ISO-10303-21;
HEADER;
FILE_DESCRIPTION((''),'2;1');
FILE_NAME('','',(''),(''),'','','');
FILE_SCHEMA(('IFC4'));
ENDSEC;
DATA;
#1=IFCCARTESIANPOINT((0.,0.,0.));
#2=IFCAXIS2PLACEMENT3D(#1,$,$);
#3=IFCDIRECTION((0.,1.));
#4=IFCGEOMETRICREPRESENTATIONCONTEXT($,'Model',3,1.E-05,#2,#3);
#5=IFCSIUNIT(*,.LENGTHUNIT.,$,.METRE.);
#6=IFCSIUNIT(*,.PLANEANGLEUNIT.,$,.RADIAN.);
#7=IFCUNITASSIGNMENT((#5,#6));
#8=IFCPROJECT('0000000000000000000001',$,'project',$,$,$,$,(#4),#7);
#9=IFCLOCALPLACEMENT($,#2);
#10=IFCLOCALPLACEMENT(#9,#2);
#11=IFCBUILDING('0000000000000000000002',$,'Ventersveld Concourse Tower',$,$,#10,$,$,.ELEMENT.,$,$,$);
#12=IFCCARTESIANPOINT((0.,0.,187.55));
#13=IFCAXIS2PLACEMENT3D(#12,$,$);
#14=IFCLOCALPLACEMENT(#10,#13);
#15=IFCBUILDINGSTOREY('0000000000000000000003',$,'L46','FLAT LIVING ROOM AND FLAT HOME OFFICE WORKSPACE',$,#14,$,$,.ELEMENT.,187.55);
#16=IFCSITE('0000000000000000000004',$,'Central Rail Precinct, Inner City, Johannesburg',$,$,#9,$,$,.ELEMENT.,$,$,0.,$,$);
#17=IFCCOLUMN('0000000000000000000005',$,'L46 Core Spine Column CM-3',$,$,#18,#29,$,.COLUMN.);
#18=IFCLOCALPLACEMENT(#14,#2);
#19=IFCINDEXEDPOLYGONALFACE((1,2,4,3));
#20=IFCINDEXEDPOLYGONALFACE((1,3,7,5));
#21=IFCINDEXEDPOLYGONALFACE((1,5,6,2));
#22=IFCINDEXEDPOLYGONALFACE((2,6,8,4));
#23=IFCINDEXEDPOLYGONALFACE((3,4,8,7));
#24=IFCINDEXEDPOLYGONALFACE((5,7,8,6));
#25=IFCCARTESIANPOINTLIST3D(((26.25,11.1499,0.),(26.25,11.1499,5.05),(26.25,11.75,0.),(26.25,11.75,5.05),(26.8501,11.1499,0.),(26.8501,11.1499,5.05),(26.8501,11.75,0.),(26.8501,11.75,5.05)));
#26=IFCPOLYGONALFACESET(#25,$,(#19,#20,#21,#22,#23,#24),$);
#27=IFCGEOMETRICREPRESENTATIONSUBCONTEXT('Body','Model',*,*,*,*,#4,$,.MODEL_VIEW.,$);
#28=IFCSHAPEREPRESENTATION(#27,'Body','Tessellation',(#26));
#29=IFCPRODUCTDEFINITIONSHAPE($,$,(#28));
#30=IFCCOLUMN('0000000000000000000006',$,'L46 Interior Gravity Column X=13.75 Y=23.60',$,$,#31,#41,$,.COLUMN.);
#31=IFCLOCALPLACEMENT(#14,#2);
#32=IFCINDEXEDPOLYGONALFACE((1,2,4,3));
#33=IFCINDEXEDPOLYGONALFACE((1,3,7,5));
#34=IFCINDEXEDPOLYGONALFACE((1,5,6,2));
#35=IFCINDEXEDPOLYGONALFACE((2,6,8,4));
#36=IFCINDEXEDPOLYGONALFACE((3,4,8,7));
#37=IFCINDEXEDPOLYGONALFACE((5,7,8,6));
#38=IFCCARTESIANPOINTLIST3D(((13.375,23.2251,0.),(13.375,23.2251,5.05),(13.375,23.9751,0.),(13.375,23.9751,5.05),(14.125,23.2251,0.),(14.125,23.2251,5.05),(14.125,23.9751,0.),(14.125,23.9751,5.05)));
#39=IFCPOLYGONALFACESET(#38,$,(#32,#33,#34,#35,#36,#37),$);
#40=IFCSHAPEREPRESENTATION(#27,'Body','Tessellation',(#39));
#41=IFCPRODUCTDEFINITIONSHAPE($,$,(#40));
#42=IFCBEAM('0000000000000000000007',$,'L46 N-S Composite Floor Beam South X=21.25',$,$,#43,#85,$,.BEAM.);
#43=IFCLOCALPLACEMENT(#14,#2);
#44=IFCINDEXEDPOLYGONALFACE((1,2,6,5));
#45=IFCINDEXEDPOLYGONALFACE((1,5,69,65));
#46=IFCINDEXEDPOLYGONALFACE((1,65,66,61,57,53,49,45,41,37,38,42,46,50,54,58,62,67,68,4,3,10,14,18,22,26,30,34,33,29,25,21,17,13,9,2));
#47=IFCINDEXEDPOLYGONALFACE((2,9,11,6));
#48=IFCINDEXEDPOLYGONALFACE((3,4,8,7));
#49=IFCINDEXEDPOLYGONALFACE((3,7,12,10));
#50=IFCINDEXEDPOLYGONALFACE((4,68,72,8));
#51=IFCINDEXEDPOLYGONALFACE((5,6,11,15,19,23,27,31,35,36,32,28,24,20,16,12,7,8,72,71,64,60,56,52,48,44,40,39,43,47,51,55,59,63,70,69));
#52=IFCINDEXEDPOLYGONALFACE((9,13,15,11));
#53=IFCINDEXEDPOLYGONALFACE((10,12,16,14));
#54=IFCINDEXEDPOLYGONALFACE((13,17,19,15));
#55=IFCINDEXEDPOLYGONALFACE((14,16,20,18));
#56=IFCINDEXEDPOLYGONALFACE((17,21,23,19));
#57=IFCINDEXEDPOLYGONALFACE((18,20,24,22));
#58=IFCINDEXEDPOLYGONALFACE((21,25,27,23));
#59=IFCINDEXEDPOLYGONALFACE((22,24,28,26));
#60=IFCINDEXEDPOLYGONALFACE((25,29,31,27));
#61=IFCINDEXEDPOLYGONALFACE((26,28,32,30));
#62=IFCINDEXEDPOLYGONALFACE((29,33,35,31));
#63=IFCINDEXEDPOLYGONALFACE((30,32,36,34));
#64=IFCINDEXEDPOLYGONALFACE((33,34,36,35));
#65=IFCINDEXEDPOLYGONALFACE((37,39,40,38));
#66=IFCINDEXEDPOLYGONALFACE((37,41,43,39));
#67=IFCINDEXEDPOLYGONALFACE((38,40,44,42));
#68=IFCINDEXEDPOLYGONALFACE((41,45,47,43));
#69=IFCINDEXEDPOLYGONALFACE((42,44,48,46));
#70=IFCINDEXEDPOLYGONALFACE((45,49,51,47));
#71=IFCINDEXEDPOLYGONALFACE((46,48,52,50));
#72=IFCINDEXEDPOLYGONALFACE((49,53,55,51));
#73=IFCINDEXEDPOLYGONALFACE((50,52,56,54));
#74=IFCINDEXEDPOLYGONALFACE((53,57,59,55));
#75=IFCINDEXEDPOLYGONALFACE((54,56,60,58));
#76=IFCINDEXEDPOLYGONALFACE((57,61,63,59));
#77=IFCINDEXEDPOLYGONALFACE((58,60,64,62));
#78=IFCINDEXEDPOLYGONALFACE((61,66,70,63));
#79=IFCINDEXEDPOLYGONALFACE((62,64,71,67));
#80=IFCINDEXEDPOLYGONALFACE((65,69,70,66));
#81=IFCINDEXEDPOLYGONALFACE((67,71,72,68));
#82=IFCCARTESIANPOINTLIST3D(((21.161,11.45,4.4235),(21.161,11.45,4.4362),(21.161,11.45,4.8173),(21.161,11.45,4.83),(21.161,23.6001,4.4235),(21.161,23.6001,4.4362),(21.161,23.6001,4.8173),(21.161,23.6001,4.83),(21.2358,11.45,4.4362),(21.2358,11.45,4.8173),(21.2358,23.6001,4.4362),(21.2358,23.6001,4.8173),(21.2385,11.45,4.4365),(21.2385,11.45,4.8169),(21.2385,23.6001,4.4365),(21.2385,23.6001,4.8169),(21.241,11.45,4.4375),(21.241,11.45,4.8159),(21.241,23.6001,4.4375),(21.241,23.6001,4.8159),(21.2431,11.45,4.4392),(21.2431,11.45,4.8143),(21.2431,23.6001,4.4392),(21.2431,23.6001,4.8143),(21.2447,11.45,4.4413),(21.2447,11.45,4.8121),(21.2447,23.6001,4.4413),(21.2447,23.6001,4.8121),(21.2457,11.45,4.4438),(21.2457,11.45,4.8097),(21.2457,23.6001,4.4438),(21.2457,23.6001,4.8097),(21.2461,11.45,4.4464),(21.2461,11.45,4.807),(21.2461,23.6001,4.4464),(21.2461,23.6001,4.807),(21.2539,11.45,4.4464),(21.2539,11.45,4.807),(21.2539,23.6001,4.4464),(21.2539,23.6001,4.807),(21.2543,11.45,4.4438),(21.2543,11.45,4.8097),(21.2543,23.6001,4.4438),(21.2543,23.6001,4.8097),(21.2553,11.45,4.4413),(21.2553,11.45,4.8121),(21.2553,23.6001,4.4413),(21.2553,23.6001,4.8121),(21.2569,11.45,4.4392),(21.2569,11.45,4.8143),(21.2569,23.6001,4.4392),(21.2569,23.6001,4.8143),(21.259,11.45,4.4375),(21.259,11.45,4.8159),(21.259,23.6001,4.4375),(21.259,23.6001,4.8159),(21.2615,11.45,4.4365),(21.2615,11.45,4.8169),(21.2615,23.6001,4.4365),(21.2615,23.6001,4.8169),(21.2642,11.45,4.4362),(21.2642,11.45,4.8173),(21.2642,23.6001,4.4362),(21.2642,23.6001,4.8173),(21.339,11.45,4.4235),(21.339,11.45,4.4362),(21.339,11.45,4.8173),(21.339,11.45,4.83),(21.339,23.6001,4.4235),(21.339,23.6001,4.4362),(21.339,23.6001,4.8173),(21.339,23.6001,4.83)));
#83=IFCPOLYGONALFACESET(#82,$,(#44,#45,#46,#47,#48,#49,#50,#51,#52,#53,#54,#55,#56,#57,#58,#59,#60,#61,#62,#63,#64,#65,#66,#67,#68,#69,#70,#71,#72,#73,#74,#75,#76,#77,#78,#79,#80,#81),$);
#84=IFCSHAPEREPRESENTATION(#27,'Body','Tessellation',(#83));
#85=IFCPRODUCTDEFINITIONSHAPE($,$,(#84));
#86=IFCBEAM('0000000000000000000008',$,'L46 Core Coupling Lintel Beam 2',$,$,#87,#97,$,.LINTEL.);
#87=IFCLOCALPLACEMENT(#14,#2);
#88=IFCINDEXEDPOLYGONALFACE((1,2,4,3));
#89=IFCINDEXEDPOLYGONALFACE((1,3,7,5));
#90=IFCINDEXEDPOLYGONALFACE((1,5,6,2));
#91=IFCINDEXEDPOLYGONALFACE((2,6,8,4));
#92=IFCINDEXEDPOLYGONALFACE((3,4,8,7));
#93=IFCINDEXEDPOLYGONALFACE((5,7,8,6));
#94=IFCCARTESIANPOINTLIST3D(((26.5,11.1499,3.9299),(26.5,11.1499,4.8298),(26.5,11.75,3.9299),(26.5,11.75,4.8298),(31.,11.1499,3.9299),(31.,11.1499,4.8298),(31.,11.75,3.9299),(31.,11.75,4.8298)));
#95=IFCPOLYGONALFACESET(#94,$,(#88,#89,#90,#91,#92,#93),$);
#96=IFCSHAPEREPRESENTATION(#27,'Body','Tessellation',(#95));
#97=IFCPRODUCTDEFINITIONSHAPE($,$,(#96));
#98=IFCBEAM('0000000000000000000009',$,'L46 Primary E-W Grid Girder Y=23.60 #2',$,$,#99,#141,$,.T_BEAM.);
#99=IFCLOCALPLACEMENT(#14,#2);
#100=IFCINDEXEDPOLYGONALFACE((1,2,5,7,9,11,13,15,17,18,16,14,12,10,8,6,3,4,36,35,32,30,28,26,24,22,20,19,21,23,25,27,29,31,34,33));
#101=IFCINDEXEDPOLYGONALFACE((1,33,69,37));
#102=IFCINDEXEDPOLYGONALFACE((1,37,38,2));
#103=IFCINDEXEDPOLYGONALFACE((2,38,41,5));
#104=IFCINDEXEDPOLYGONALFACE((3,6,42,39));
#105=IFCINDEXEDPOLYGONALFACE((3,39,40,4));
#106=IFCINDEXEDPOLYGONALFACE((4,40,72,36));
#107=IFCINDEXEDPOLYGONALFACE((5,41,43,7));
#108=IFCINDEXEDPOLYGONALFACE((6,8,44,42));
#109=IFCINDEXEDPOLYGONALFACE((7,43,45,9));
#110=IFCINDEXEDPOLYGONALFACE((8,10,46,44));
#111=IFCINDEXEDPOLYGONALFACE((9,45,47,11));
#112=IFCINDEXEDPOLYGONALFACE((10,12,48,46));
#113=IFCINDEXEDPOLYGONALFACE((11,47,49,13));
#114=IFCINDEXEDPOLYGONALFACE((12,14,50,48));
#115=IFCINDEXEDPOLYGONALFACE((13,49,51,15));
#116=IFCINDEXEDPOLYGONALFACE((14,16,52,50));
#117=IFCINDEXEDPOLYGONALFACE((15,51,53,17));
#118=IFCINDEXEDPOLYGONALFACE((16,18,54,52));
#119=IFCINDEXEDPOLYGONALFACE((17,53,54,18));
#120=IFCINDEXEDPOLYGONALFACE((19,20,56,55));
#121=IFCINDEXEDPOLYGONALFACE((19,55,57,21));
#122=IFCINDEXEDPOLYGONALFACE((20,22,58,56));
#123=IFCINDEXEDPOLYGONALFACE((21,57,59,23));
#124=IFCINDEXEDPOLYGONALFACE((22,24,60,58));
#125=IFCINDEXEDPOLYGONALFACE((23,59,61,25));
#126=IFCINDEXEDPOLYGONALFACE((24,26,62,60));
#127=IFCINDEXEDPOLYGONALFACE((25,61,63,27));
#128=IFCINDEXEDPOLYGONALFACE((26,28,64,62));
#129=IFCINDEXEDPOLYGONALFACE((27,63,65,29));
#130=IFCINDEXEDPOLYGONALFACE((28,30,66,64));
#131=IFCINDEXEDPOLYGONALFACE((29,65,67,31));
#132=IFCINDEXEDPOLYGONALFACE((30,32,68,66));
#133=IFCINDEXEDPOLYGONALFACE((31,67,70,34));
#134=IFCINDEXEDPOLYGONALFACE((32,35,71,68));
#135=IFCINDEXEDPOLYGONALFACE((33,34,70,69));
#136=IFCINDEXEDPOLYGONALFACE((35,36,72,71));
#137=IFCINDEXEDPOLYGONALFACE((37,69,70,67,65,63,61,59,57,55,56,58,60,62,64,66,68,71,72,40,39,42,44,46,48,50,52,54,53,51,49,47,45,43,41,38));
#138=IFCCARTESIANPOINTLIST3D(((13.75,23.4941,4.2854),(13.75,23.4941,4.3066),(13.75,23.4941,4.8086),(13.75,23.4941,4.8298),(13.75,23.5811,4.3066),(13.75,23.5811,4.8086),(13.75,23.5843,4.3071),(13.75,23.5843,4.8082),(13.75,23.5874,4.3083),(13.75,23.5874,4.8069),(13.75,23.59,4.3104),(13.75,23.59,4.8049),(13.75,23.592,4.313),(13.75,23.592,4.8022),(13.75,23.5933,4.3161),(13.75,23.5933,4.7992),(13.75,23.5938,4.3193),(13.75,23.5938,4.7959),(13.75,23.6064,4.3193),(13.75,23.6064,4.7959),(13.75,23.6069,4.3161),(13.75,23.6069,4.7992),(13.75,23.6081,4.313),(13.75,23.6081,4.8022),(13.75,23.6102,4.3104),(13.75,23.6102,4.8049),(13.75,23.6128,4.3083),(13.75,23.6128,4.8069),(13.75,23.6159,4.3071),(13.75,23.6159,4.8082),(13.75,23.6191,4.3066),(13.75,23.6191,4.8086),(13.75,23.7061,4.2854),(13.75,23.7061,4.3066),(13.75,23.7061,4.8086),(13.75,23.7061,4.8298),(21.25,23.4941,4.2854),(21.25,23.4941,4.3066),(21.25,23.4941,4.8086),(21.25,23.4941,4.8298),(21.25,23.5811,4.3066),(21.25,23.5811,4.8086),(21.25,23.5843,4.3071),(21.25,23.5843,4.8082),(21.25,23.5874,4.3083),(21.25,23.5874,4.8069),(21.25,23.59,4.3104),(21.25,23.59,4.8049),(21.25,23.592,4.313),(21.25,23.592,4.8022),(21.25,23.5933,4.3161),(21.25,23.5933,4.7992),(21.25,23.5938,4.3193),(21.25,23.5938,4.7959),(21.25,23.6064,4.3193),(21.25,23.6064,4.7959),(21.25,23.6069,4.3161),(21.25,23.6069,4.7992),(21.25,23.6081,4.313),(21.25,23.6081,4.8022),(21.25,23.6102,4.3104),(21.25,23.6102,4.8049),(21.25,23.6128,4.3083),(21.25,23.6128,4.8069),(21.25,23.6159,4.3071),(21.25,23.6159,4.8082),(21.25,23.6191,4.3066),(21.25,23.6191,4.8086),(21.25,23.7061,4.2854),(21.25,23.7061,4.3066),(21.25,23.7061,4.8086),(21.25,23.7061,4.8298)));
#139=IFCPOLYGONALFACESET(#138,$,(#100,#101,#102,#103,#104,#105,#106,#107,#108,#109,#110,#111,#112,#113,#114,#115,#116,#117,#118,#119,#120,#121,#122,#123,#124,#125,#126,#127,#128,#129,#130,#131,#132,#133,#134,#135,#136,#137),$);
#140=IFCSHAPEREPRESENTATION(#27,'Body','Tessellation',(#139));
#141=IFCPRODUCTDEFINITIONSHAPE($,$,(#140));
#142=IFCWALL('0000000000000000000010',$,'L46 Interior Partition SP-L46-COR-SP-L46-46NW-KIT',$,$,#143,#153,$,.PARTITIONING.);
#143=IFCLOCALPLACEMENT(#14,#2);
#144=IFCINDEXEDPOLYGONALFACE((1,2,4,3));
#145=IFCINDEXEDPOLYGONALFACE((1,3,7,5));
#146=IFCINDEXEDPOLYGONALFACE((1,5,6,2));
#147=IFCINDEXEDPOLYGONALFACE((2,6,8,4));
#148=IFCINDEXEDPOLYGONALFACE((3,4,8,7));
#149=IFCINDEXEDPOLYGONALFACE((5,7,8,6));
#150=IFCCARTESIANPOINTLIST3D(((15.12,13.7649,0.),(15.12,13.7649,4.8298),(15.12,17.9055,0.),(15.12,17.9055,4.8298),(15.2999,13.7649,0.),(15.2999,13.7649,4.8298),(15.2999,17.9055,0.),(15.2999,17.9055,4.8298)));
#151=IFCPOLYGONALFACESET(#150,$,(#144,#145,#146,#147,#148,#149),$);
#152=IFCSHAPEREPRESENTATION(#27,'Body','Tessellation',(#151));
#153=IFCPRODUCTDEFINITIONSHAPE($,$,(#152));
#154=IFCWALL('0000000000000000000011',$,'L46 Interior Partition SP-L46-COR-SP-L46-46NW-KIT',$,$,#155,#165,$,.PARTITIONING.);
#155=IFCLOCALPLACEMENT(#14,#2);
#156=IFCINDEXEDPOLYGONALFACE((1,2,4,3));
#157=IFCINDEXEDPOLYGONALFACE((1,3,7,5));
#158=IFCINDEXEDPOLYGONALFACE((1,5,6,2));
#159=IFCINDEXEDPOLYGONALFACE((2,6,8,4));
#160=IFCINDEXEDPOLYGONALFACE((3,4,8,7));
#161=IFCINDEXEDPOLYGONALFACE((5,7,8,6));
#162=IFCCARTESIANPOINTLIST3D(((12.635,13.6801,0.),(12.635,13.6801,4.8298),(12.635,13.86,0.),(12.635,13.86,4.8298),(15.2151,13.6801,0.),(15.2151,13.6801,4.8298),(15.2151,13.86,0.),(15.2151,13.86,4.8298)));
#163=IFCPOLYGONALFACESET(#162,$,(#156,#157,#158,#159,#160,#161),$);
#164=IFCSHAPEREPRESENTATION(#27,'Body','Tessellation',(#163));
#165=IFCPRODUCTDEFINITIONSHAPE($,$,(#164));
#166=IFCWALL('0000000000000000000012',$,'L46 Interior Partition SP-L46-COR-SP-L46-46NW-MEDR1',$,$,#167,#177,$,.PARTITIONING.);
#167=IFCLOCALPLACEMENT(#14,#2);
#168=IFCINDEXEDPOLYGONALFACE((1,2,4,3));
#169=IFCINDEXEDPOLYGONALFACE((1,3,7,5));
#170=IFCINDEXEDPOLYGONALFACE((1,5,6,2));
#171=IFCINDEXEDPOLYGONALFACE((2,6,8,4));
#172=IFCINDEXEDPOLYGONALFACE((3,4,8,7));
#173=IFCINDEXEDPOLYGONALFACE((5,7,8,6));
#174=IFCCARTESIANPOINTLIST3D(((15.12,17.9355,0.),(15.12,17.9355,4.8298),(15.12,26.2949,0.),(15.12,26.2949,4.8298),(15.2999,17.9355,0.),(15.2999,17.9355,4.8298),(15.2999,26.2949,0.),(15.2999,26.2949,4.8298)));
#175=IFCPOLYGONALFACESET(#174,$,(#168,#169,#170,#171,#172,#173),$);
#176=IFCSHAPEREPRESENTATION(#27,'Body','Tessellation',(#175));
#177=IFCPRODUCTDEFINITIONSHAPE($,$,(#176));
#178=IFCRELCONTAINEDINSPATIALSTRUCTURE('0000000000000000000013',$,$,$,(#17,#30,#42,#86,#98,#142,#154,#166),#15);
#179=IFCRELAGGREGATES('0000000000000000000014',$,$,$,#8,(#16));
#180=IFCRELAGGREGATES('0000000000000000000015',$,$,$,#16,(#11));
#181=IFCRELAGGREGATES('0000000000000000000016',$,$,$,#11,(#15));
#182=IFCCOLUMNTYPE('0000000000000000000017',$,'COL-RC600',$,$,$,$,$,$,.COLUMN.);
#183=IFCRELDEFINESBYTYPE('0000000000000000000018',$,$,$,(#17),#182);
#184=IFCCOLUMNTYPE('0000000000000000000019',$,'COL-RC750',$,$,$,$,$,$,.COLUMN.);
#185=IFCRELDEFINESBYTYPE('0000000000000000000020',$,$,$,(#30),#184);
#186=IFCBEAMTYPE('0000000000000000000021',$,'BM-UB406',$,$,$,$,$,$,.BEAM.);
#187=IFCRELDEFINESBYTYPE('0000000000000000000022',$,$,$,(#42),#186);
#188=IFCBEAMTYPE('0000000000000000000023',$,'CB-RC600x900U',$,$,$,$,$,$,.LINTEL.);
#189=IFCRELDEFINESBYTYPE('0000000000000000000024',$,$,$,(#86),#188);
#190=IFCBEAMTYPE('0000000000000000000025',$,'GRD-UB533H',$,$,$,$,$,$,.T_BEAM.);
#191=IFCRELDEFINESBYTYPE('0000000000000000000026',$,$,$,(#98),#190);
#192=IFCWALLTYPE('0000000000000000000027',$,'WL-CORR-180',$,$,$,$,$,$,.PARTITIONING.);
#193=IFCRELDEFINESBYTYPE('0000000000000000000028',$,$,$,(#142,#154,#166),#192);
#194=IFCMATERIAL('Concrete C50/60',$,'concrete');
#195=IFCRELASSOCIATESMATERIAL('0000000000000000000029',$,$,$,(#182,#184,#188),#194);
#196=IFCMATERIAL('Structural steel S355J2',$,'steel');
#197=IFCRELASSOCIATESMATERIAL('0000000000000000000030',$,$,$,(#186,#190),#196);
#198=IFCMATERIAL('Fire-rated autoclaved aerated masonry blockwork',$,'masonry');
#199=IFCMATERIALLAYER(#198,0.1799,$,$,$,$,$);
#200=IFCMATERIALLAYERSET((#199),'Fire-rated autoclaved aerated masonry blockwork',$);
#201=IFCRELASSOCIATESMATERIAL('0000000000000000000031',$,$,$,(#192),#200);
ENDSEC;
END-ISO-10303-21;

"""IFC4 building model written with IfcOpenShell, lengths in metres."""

from ifc_helpers import new_model, si_unit, direction, frame, frame_2d, origin, origin_2d, place, context, subcontext, project, spatial, rectangle, i_section, extrude, material, layer, layer_set, material_profile, profile_set, type_object, element, save


model = new_model("IFC4")

# Units and contexts
model_context = context("Model", 3, precision=1e-05, world=origin(), true_north=direction((0.0, 1.0)))
body_context = subcontext(model_context, "Body", "Model", "MODEL_VIEW")
ifc_project = project(units=[si_unit("LENGTHUNIT", "METRE"), si_unit("PLANEANGLEUNIT", "RADIAN")], contexts=[model_context])

# Site, building, storey
site_placement = place(None, origin())
site = spatial("IfcSite", under=ifc_project, at=site_placement, Name="Central Rail Precinct, Inner City, Johannesburg", CompositionType="ELEMENT", RefElevation=0.0)
building_placement = place(site_placement, origin())
building = spatial("IfcBuilding", under=site, at=building_placement, Name="Ventersveld Concourse Tower", CompositionType="ELEMENT")
storey_placement = place(building_placement, frame((0.0, 0.0, 187.55)))
storey = spatial("IfcBuildingStorey", under=building, at=storey_placement, Name="L46", Description="FLAT LIVING ROOM AND FLAT HOME OFFICE WORKSPACE", CompositionType="ELEMENT", Elevation=187.55)

# Columns
ifc_material_1 = material(Name="Concrete C50/60", Category="concrete")
ifc_material_profile_1 = material_profile(ifc_material_1, rectangle(XDim=0.6001, YDim=0.6001, at=origin_2d()), Name="RC 600x600")
ifc_profile_set_1 = profile_set([ifc_material_profile_1], Name="Concrete C50/60")
column_type_1 = type_object("IfcColumnType", Name="COL-RC600", PredefinedType="COLUMN", material=ifc_profile_set_1)
column_1_placement = place(storey_placement, frame((26.55, 11.45, 0.0), z_axis=(0.0, 0.0, 1.0), x_axis=(1.0, 0.0, 0.0)))
element("IfcColumn", 1, at=column_1_placement, inside=storey, type_object=column_type_1, Name="L46 Core Spine Column CM-3", PredefinedType="COLUMN", context=body_context, shape_type="SweptSolid", body=[
    extrude(rectangle(XDim=0.6001, YDim=0.6001, at=origin_2d()), origin(), (0.0, 0.0, 1.0), 5.05),
])
ifc_material_profile_2 = material_profile(ifc_material_1, rectangle(XDim=0.75, YDim=0.75, at=origin_2d()), Name="RC 750x750")
ifc_profile_set_2 = profile_set([ifc_material_profile_2], Name="Concrete C50/60")
column_type_2 = type_object("IfcColumnType", Name="COL-RC750", PredefinedType="COLUMN", material=ifc_profile_set_2)
column_2_placement = place(storey_placement, frame((13.75, 23.6001, 0.0), z_axis=(0.0, 0.0, 1.0), x_axis=(1.0, 0.0, 0.0)))
element("IfcColumn", 2, at=column_2_placement, inside=storey, type_object=column_type_2, Name="L46 Interior Gravity Column X=13.75 Y=23.60", PredefinedType="COLUMN", context=body_context, shape_type="SweptSolid", body=[
    extrude(rectangle(XDim=0.75, YDim=0.75, at=origin_2d()), origin(), (0.0, 0.0, 1.0), 5.05),
])

# Beams
ifc_material_2 = material(Name="Structural steel S355J2", Category="steel")
ifc_material_profile_3 = material_profile(ifc_material_2, i_section(OverallWidth=0.178, OverallDepth=0.4065, WebThickness=0.0078, FlangeThickness=0.0127, FilletRadius=0.0103, at=origin_2d()), Name="UB 406x178x60")
ifc_profile_set_3 = profile_set([ifc_material_profile_3], Name="Structural steel S355J2")
beam_type_1 = type_object("IfcBeamType", Name="BM-UB406", PredefinedType="BEAM", material=ifc_profile_set_3)
beam_1_placement = place(storey_placement, frame((21.25, 11.45, 4.6267), z_axis=(0.0, 1.0, 0.0), x_axis=(-1.0, 0.0, 0.0)))
element("IfcBeam", 3, at=beam_1_placement, inside=storey, type_object=beam_type_1, Name="L46 N-S Composite Floor Beam South X=21.25", PredefinedType="BEAM", context=body_context, shape_type="SweptSolid", body=[
    extrude(i_section(OverallWidth=0.178, OverallDepth=0.4065, WebThickness=0.0078, FlangeThickness=0.0127, FilletRadius=0.0103, at=origin_2d()), origin(), (0.0, 0.0, 1.0), 12.1501),
])
ifc_material_profile_4 = material_profile(ifc_material_1, rectangle(XDim=0.6001, YDim=0.8999, at=origin_2d()), Name="RC 600x900")
ifc_profile_set_4 = profile_set([ifc_material_profile_4], Name="Concrete C50/60")
beam_type_2 = type_object("IfcBeamType", Name="CB-RC600x900U", PredefinedType="LINTEL", material=ifc_profile_set_4)
beam_2_placement = place(storey_placement, frame((26.5, 11.45, 4.3799), z_axis=(1.0, 0.0, 0.0), x_axis=(0.0, 1.0, 0.0)))
element("IfcBeam", 4, at=beam_2_placement, inside=storey, type_object=beam_type_2, Name="L46 Core Coupling Lintel Beam 2", PredefinedType="LINTEL", context=body_context, shape_type="SweptSolid", body=[
    extrude(rectangle(XDim=0.6001, YDim=0.8999, at=origin_2d()), origin(), (0.0, 0.0, 1.0), 4.5),
])
ifc_material_profile_5 = material_profile(ifc_material_2, i_section(OverallWidth=0.2119, OverallDepth=0.5444, WebThickness=0.0127, FlangeThickness=0.0212, FilletRadius=0.0127, at=origin_2d()), Name="UB 533x210x122")
ifc_profile_set_5 = profile_set([ifc_material_profile_5], Name="Structural steel S355J2")
beam_type_3 = type_object("IfcBeamType", Name="GRD-UB533H", PredefinedType="T_BEAM", material=ifc_profile_set_5)
beam_3_placement = place(storey_placement, frame((13.75, 23.6001, 4.5576), z_axis=(1.0, 0.0, 0.0), x_axis=(0.0, 1.0, 0.0)))
element("IfcBeam", 5, at=beam_3_placement, inside=storey, type_object=beam_type_3, Name="L46 Primary E-W Grid Girder Y=23.60 #2", PredefinedType="T_BEAM", context=body_context, shape_type="SweptSolid", body=[
    extrude(i_section(OverallWidth=0.2119, OverallDepth=0.5444, WebThickness=0.0127, FlangeThickness=0.0212, FilletRadius=0.0127, at=origin_2d()), origin(), (0.0, 0.0, 1.0), 7.5),
])

# Walls
ifc_material_3 = material(Name="Fire-rated autoclaved aerated masonry blockwork", Category="masonry")
ifc_layer_1 = layer(ifc_material_3, 0.1799)
ifc_layer_set_1 = layer_set([ifc_layer_1], Name="Fire-rated autoclaved aerated masonry blockwork")
wall_type_1 = type_object("IfcWallType", Name="WL-CORR-180", PredefinedType="PARTITIONING", material=ifc_layer_set_1)
wall_1_placement = place(storey_placement, frame((15.21, 13.7649, 0.0), z_axis=(0.0, 0.0, 1.0), x_axis=(0.0, 1.0, 0.0)))
element("IfcWall", 6, at=wall_1_placement, inside=storey, type_object=wall_type_1, Name="L46 Interior Partition SP-L46-COR-SP-L46-46NW-KIT", PredefinedType="PARTITIONING", context=body_context, shape_type="SweptSolid", body=[
    extrude(rectangle(XDim=4.1406, YDim=0.1799, at=frame_2d((2.0703, 0.0))), origin(), (0.0, 0.0, 1.0), 4.8298),
])
wall_2_placement = place(storey_placement, frame((12.635, 13.77, 0.0), z_axis=(0.0, 0.0, 1.0), x_axis=(1.0, 0.0, 0.0)))
element("IfcWall", 7, at=wall_2_placement, inside=storey, type_object=wall_type_1, Name="L46 Interior Partition SP-L46-COR-SP-L46-46NW-KIT", PredefinedType="PARTITIONING", context=body_context, shape_type="SweptSolid", body=[
    extrude(rectangle(XDim=2.5801, YDim=0.1799, at=frame_2d((1.29, 0.0))), origin(), (0.0, 0.0, 1.0), 4.8298),
])
wall_3_placement = place(storey_placement, frame((15.21, 17.9355, 0.0), z_axis=(0.0, 0.0, 1.0), x_axis=(0.0, 1.0, 0.0)))
element("IfcWall", 8, at=wall_3_placement, inside=storey, type_object=wall_type_1, Name="L46 Interior Partition SP-L46-COR-SP-L46-46NW-MEDR1", PredefinedType="PARTITIONING", context=body_context, shape_type="SweptSolid", body=[
    extrude(rectangle(XDim=8.3594, YDim=0.1799, at=frame_2d((4.1797, 0.0))), origin(), (0.0, 0.0, 1.0), 4.8298),
])

save(model, "model.ifc")
